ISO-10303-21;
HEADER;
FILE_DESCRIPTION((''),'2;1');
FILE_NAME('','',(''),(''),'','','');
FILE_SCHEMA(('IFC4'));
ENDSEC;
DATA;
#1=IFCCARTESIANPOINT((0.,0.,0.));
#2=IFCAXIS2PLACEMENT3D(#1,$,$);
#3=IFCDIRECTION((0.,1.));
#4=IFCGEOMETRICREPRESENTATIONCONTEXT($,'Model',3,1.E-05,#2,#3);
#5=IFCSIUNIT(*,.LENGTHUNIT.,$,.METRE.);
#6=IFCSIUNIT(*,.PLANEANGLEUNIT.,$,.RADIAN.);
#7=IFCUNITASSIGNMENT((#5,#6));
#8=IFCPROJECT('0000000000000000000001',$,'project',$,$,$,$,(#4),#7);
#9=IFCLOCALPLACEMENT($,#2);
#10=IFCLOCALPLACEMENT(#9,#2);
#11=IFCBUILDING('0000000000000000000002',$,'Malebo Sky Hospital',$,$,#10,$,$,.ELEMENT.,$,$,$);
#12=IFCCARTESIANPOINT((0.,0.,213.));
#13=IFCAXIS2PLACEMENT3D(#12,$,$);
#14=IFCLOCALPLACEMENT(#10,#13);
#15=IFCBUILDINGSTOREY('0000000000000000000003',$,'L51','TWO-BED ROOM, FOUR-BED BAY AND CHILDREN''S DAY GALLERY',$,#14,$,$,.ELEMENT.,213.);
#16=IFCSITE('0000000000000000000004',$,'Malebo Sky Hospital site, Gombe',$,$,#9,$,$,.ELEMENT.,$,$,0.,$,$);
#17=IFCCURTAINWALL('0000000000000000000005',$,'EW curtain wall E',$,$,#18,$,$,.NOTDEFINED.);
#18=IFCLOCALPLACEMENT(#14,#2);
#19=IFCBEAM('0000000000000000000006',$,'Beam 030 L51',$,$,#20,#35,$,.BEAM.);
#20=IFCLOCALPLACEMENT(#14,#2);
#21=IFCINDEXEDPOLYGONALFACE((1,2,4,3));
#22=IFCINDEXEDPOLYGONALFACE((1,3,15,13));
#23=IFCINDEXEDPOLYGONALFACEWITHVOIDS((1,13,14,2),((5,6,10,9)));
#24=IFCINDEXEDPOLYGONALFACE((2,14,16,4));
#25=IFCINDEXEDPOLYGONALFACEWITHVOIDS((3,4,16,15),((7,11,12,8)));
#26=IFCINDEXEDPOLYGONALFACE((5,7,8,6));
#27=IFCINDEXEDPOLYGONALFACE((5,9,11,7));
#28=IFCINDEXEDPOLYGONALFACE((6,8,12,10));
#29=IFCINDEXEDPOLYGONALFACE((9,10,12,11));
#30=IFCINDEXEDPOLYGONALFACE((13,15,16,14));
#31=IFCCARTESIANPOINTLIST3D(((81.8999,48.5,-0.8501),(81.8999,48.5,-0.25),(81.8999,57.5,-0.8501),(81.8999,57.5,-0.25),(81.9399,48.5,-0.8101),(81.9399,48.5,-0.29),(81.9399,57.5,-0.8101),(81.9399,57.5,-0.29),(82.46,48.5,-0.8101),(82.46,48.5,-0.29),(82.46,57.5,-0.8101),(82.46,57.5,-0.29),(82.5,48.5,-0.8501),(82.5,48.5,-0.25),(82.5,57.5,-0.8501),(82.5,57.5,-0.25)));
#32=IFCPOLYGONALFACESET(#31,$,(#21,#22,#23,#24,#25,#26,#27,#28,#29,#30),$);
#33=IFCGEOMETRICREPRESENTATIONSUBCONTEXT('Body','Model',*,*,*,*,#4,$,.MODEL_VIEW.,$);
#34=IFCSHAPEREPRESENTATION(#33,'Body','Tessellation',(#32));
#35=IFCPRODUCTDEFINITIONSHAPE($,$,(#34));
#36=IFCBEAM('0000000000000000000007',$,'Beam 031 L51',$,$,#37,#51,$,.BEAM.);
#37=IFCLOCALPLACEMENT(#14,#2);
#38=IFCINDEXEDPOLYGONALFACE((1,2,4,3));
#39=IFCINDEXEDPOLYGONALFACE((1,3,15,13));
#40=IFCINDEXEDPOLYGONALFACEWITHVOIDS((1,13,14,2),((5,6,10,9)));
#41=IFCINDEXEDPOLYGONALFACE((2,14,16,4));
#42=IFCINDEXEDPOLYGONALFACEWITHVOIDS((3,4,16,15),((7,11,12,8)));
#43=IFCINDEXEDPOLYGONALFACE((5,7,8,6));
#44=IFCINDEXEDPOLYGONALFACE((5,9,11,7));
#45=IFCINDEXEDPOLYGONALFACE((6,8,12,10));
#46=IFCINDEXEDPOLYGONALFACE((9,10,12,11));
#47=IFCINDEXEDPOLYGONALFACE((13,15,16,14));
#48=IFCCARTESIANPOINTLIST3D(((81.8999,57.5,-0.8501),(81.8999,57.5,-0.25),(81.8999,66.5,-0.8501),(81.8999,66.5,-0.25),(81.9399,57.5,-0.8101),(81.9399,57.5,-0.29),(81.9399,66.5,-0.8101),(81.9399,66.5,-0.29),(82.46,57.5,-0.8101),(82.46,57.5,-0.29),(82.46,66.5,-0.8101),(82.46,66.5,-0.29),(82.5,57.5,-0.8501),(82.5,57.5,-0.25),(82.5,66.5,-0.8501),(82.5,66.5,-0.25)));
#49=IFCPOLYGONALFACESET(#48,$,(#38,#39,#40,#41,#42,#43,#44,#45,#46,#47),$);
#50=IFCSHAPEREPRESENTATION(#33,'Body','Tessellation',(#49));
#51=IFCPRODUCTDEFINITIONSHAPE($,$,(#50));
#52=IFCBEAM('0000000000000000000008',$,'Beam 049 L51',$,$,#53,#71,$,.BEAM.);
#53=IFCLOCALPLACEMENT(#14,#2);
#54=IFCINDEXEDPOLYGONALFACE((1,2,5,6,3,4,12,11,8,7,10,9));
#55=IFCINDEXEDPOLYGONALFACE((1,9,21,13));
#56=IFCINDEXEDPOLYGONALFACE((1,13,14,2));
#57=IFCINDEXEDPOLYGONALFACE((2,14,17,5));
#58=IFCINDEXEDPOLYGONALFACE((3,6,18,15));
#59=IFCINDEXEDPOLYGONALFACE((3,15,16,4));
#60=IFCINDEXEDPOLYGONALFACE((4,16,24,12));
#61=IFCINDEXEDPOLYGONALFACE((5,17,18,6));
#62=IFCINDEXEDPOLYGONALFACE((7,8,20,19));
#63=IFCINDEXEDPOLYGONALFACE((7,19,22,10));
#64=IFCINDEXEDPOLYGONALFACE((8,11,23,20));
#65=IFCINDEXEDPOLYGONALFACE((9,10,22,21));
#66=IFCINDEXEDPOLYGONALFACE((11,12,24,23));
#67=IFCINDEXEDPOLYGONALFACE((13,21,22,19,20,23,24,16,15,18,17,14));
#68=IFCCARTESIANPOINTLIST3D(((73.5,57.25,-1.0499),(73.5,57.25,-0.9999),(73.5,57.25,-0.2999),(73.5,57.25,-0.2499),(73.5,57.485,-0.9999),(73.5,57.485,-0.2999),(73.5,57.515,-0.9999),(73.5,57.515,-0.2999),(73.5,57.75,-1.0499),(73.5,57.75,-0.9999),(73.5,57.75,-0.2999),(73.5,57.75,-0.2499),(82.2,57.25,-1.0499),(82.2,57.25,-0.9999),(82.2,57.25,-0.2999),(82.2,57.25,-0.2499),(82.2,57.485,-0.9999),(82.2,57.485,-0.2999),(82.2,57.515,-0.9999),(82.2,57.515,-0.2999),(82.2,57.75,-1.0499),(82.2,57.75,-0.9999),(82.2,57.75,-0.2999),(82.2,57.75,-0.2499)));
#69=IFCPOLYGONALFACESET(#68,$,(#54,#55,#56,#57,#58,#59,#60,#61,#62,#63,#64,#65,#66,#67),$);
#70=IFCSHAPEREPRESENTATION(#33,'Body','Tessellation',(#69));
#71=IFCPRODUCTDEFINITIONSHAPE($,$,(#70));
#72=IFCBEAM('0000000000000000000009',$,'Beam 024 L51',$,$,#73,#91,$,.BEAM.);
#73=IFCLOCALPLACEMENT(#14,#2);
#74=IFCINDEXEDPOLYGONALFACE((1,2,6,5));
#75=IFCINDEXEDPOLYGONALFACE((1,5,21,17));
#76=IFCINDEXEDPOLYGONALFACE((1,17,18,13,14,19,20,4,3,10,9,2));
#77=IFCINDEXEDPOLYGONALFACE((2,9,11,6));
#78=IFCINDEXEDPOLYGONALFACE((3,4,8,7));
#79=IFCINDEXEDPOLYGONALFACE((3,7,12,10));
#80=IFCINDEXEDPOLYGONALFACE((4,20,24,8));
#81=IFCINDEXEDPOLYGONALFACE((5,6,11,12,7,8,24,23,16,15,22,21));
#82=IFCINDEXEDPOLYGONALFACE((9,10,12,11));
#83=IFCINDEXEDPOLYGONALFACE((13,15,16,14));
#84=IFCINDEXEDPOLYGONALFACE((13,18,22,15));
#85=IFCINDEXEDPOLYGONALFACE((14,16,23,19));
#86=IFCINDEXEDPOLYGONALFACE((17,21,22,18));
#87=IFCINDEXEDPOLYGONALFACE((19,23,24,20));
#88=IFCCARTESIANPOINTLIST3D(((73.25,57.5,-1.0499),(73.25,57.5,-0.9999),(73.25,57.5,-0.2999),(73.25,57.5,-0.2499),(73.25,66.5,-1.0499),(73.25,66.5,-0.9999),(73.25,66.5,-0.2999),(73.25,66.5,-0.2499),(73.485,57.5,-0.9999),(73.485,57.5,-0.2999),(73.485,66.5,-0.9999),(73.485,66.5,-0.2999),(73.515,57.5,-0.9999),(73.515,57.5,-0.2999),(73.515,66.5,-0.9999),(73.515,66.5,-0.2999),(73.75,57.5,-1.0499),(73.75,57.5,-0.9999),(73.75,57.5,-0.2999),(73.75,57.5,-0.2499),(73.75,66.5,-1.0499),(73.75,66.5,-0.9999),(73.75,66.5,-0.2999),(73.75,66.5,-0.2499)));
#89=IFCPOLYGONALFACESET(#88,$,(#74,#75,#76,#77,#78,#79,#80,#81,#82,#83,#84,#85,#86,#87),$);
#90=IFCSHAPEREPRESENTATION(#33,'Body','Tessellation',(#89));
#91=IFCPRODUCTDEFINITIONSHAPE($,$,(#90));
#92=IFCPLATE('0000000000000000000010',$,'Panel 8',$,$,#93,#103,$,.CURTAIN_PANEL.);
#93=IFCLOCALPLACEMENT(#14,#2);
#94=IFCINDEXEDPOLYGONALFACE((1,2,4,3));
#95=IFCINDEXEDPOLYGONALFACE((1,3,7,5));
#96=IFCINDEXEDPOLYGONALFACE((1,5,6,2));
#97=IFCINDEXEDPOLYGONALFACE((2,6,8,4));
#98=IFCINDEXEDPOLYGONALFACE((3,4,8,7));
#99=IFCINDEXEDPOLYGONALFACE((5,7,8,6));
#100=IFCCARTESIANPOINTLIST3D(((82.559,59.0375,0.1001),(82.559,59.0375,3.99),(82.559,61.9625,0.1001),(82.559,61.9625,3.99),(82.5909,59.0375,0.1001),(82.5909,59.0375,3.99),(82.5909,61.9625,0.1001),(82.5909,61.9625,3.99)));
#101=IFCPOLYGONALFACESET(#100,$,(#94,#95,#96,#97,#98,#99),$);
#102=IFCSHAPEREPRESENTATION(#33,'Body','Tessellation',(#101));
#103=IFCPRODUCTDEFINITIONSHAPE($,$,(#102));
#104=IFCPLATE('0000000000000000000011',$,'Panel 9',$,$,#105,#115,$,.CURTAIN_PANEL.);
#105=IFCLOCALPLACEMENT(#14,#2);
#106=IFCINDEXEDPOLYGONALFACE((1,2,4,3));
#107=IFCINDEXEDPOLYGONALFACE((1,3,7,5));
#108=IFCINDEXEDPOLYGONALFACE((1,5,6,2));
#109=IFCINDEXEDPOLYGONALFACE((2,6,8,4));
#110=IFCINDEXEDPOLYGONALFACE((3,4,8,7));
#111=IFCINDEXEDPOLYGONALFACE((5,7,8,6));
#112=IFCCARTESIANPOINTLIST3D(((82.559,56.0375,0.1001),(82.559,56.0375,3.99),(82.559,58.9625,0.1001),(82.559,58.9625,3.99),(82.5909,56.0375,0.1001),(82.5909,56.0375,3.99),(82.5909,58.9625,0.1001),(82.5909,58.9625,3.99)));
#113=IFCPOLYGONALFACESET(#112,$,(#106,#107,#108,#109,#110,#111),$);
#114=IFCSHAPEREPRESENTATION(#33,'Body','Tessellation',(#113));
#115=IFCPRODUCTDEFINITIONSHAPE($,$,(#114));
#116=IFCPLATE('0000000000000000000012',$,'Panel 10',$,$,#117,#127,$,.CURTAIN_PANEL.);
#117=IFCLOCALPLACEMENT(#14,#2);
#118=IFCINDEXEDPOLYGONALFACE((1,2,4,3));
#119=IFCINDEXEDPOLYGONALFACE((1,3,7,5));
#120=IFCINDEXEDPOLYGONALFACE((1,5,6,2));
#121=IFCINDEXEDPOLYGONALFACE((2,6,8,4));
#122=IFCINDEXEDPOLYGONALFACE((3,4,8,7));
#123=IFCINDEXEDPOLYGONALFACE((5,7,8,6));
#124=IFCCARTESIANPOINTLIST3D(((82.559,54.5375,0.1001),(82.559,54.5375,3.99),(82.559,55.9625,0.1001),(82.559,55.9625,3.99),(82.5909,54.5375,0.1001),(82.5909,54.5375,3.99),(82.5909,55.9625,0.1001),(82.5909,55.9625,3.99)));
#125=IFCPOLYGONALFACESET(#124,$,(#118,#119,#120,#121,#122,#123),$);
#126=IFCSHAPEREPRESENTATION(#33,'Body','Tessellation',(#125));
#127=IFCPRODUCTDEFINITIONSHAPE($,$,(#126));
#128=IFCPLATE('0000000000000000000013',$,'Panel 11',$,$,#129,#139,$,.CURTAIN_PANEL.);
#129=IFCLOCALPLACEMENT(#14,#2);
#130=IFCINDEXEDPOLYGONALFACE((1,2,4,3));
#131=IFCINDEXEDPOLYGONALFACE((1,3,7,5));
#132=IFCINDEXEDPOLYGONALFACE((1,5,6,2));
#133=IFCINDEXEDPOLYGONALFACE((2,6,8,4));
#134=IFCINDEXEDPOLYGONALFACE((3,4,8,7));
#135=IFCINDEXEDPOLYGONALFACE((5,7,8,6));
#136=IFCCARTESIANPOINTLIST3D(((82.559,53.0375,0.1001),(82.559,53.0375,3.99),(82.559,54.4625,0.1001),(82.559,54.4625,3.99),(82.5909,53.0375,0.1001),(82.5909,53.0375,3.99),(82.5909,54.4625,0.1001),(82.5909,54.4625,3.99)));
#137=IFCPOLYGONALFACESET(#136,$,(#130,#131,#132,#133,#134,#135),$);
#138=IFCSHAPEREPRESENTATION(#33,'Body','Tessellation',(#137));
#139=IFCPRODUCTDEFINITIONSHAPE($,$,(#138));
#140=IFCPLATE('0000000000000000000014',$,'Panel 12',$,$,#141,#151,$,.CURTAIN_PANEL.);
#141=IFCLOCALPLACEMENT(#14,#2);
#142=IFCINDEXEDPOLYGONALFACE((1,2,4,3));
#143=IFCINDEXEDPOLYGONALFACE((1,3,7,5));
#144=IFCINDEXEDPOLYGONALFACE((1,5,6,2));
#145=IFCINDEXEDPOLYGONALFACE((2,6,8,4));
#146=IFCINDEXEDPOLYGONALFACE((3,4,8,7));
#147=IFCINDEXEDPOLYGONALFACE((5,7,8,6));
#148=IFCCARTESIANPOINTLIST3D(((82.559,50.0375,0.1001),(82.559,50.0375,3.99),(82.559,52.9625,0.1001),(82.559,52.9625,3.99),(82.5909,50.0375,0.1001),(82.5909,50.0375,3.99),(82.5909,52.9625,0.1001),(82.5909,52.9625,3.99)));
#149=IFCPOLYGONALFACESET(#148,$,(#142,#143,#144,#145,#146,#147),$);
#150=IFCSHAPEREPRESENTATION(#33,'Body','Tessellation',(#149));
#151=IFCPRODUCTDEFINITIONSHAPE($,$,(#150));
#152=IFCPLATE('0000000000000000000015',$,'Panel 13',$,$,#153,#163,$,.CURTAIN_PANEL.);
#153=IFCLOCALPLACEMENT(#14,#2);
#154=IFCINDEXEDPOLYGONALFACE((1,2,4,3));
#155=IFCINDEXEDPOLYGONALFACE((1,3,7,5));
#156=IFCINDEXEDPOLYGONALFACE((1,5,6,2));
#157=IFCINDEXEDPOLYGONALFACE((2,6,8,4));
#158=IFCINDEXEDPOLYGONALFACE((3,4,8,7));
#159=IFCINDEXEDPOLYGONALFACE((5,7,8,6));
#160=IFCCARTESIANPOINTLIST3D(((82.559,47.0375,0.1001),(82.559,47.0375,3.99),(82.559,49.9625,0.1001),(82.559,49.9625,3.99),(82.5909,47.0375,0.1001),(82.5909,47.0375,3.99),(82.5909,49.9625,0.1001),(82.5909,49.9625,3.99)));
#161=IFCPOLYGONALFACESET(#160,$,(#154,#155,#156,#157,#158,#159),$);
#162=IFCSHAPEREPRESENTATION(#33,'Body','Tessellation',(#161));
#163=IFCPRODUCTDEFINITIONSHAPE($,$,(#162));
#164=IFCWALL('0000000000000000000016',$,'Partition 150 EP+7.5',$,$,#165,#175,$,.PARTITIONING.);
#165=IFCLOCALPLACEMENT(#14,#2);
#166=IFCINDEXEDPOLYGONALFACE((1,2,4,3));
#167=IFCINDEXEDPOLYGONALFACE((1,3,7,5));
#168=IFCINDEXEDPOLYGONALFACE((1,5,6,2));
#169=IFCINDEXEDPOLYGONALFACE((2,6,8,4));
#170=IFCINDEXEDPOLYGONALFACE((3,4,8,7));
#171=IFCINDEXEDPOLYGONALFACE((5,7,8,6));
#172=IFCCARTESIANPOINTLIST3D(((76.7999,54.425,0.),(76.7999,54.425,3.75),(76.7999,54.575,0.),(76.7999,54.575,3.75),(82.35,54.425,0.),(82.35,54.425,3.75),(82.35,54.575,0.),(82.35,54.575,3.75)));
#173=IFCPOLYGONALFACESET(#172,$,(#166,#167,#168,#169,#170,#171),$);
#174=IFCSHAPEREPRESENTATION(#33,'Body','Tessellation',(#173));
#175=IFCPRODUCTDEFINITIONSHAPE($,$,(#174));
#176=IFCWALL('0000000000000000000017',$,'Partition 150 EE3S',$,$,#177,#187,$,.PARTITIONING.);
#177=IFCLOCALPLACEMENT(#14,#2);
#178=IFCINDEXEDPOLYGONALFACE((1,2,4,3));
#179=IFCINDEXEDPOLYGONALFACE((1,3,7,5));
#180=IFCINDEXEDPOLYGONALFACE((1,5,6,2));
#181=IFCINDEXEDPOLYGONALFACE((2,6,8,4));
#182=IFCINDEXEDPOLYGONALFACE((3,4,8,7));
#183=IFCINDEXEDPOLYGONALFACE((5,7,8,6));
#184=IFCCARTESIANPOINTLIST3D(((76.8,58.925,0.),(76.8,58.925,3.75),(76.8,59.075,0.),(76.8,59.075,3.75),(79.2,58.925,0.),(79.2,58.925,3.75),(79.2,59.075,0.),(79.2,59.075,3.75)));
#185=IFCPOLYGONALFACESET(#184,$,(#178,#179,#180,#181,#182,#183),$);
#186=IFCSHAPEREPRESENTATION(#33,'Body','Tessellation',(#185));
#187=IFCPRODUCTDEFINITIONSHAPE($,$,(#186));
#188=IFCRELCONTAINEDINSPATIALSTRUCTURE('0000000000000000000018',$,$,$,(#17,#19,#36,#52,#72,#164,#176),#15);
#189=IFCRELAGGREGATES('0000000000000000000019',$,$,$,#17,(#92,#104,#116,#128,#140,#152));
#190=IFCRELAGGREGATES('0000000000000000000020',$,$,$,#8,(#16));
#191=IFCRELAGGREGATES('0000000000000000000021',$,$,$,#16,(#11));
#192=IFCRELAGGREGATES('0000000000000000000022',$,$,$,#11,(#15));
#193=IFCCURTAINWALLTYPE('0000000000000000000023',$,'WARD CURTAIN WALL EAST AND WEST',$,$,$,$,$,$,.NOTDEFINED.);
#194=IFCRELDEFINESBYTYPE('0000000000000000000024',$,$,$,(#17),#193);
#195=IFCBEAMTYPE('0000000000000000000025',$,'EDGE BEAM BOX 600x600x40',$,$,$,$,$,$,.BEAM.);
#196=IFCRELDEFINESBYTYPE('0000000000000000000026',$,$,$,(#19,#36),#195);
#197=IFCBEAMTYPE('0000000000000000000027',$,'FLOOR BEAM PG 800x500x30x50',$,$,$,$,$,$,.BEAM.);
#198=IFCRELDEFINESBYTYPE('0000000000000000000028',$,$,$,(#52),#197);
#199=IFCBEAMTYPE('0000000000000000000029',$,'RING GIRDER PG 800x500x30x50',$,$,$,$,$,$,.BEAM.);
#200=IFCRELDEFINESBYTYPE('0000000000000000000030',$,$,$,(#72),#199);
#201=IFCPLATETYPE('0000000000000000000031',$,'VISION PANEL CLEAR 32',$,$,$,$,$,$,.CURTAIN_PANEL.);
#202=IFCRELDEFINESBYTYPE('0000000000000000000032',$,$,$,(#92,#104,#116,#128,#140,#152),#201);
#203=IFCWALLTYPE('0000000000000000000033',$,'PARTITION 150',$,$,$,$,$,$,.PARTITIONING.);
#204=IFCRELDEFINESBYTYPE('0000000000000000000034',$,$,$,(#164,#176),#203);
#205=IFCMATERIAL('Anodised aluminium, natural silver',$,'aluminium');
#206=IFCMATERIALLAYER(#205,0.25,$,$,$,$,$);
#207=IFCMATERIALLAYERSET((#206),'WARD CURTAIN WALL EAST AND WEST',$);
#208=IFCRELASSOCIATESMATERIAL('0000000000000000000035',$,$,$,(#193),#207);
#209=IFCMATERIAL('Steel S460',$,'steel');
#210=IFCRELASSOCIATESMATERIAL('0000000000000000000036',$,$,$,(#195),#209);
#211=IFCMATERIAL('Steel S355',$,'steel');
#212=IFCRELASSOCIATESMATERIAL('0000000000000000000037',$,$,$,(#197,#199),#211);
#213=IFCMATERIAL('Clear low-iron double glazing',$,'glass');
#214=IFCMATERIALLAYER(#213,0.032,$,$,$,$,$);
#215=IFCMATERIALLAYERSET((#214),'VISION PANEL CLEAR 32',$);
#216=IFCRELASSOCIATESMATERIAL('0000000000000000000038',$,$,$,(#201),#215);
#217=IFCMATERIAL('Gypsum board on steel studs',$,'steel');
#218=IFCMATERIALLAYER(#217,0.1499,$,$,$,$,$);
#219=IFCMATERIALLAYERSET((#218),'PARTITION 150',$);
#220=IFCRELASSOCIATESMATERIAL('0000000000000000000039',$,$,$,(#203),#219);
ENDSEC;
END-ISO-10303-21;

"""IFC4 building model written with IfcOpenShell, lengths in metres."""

from ifc_helpers import new_model, si_unit, direction, frame, frame_2d, origin, origin_2d, place, context, subcontext, project, spatial, rectangle, hollow_rectangle, i_section, extrude, material, layer, layer_set, material_profile, profile_set, type_object, element, aggregate, save


model = new_model("IFC4")

# Units and contexts
model_context = context("Model", 3, precision=1e-05, world=origin(), true_north=direction((0.0, 1.0)))
body_context = subcontext(model_context, "Body", "Model", "MODEL_VIEW")
ifc_project = project(units=[si_unit("LENGTHUNIT", "METRE"), si_unit("PLANEANGLEUNIT", "RADIAN")], contexts=[model_context])

# Site, building, storey
site_placement = place(None, origin())
site = spatial("IfcSite", under=ifc_project, at=site_placement, Name="Malebo Sky Hospital site, Gombe", CompositionType="ELEMENT", RefElevation=0.0)
building_placement = place(site_placement, origin())
building = spatial("IfcBuilding", under=site, at=building_placement, Name="Malebo Sky Hospital", CompositionType="ELEMENT")
storey_placement = place(building_placement, frame((0.0, 0.0, 213.0)))
storey = spatial("IfcBuildingStorey", under=building, at=storey_placement, Name="L51", Description="TWO-BED ROOM, FOUR-BED BAY AND CHILDREN'S DAY GALLERY", CompositionType="ELEMENT", Elevation=213.0)

# Shared definitions
ifc_material_1 = material(Name="Steel S460", Category="steel")

# Curtain wall
ifc_material_2 = material(Name="Anodised aluminium, natural silver", Category="aluminium")
ifc_layer_1 = layer(ifc_material_2, 0.25)
ifc_layer_set_1 = layer_set([ifc_layer_1], Name="WARD CURTAIN WALL EAST AND WEST")
curtain_wall_type = type_object("IfcCurtainWallType", Name="WARD CURTAIN WALL EAST AND WEST", PredefinedType="NOTDEFINED", material=ifc_layer_set_1)
curtain_wall_placement = place(storey_placement, origin())
curtain_wall = element("IfcCurtainWall", 1, at=curtain_wall_placement, inside=storey, type_object=curtain_wall_type, Name="EW curtain wall E", PredefinedType="NOTDEFINED")

# Beams
ifc_material_profile_1 = material_profile(ifc_material_1, hollow_rectangle(XDim=0.6001, YDim=0.6001, WallThickness=0.04, at=origin_2d()), Name="BOX 600x600x40")
ifc_profile_set_1 = profile_set([ifc_material_profile_1], Name="Steel S460")
beam_type_1 = type_object("IfcBeamType", Name="EDGE BEAM BOX 600x600x40", PredefinedType="BEAM", material=ifc_profile_set_1)
for number, where, z_axis, x_axis, name in (
    (2, (82.2, 48.5, -0.55), (0.0, 1.0, 0.0), (-1.0, 0.0, 0.0), "Beam 030 L51"),
    (3, (82.2, 57.5, -0.55), (0.0, 1.0, 0.0), (-1.0, 0.0, 0.0), "Beam 031 L51"),
):
    element("IfcBeam", number, at=place(storey_placement, frame(where, z_axis=z_axis, x_axis=x_axis)), inside=storey, type_object=beam_type_1, Name=name, PredefinedType="BEAM", context=body_context, shape_type="SweptSolid", body=[
        extrude(hollow_rectangle(XDim=0.6001, YDim=0.6001, WallThickness=0.04, at=origin_2d()), origin(), (0.0, 0.0, 1.0), 9.0),
    ])
ifc_material_3 = material(Name="Steel S355", Category="steel")
ifc_material_profile_2 = material_profile(ifc_material_3, i_section(OverallWidth=0.5, OverallDepth=0.8, WebThickness=0.03, FlangeThickness=0.05, at=origin_2d()), Name="PG 800x500x30x50")
ifc_profile_set_2 = profile_set([ifc_material_profile_2], Name="Steel S355")
beam_type_2 = type_object("IfcBeamType", Name="FLOOR BEAM PG 800x500x30x50", PredefinedType="BEAM", material=ifc_profile_set_2)
beam_1_placement = place(storey_placement, frame((73.5, 57.5, -0.6499), z_axis=(1.0, 0.0, 0.0), x_axis=(0.0, 1.0, 0.0)))
element("IfcBeam", 4, at=beam_1_placement, inside=storey, type_object=beam_type_2, Name="Beam 049 L51", PredefinedType="BEAM", context=body_context, shape_type="SweptSolid", body=[
    extrude(i_section(OverallWidth=0.5, OverallDepth=0.8, WebThickness=0.03, FlangeThickness=0.05, at=origin_2d()), origin(), (0.0, 0.0, 1.0), 8.7),
])
ifc_material_profile_3 = material_profile(ifc_material_3, i_section(OverallWidth=0.5, OverallDepth=0.8, WebThickness=0.03, FlangeThickness=0.05, at=origin_2d()), Name="PG 800x500x30x50")
ifc_profile_set_3 = profile_set([ifc_material_profile_3], Name="Steel S355")
beam_type_3 = type_object("IfcBeamType", Name="RING GIRDER PG 800x500x30x50", PredefinedType="BEAM", material=ifc_profile_set_3)
beam_2_placement = place(storey_placement, frame((73.5, 57.5, -0.6499), z_axis=(0.0, 1.0, 0.0), x_axis=(-1.0, 0.0, 0.0)))
element("IfcBeam", 5, at=beam_2_placement, inside=storey, type_object=beam_type_3, Name="Beam 024 L51", PredefinedType="BEAM", context=body_context, shape_type="SweptSolid", body=[
    extrude(i_section(OverallWidth=0.5, OverallDepth=0.8, WebThickness=0.03, FlangeThickness=0.05, at=origin_2d()), origin(), (0.0, 0.0, 1.0), 9.0),
])

# Plates
ifc_material_4 = material(Name="Clear low-iron double glazing", Category="glass")
ifc_layer_2 = layer(ifc_material_4, 0.032)
ifc_layer_set_2 = layer_set([ifc_layer_2], Name="VISION PANEL CLEAR 32")
plate_type = type_object("IfcPlateType", Name="VISION PANEL CLEAR 32", PredefinedType="CURTAIN_PANEL", material=ifc_layer_set_2)
plate_1_placement = place(storey_placement, frame((82.575, 60.5, 0.1001), z_axis=(0.0, 0.0, 1.0), x_axis=(0.0, -1.0, 0.0)))
plate_1 = element("IfcPlate", 6, at=plate_1_placement, type_object=plate_type, Name="Panel 8", PredefinedType="CURTAIN_PANEL", context=body_context, shape_type="SweptSolid", body=[
    extrude(rectangle(XDim=2.925, YDim=0.032, at=origin_2d()), origin(), (0.0, 0.0, 1.0), 3.8899),
])
plate_2_placement = place(storey_placement, frame((82.575, 57.5, 0.1001), z_axis=(0.0, 0.0, 1.0), x_axis=(0.0, -1.0, 0.0)))
plate_2 = element("IfcPlate", 7, at=plate_2_placement, type_object=plate_type, Name="Panel 9", PredefinedType="CURTAIN_PANEL", context=body_context, shape_type="SweptSolid", body=[
    extrude(rectangle(XDim=2.925, YDim=0.032, at=origin_2d()), origin(), (0.0, 0.0, 1.0), 3.8899),
])
plate_3_placement = place(storey_placement, frame((82.575, 55.25, 0.1001), z_axis=(0.0, 0.0, 1.0), x_axis=(0.0, -1.0, 0.0)))
plate_3 = element("IfcPlate", 8, at=plate_3_placement, type_object=plate_type, Name="Panel 10", PredefinedType="CURTAIN_PANEL", context=body_context, shape_type="SweptSolid", body=[
    extrude(rectangle(XDim=1.425, YDim=0.032, at=origin_2d()), origin(), (0.0, 0.0, 1.0), 3.8899),
])
plate_4_placement = place(storey_placement, frame((82.575, 53.75, 0.1001), z_axis=(0.0, 0.0, 1.0), x_axis=(0.0, -1.0, 0.0)))
plate_4 = element("IfcPlate", 9, at=plate_4_placement, type_object=plate_type, Name="Panel 11", PredefinedType="CURTAIN_PANEL", context=body_context, shape_type="SweptSolid", body=[
    extrude(rectangle(XDim=1.425, YDim=0.032, at=origin_2d()), origin(), (0.0, 0.0, 1.0), 3.8899),
])
plate_5_placement = place(storey_placement, frame((82.575, 51.5, 0.1001), z_axis=(0.0, 0.0, 1.0), x_axis=(0.0, -1.0, 0.0)))
plate_5 = element("IfcPlate", 10, at=plate_5_placement, type_object=plate_type, Name="Panel 12", PredefinedType="CURTAIN_PANEL", context=body_context, shape_type="SweptSolid", body=[
    extrude(rectangle(XDim=2.925, YDim=0.032, at=origin_2d()), origin(), (0.0, 0.0, 1.0), 3.8899),
])
plate_6_placement = place(storey_placement, frame((82.575, 48.5, 0.1001), z_axis=(0.0, 0.0, 1.0), x_axis=(0.0, -1.0, 0.0)))
plate_6 = element("IfcPlate", 11, at=plate_6_placement, type_object=plate_type, Name="Panel 13", PredefinedType="CURTAIN_PANEL", context=body_context, shape_type="SweptSolid", body=[
    extrude(rectangle(XDim=2.925, YDim=0.032, at=origin_2d()), origin(), (0.0, 0.0, 1.0), 3.8899),
])
aggregate(curtain_wall, [plate_1, plate_2, plate_3, plate_4, plate_5, plate_6])

# Walls
ifc_material_5 = material(Name="Gypsum board on steel studs", Category="steel")
ifc_layer_3 = layer(ifc_material_5, 0.1499)
ifc_layer_set_3 = layer_set([ifc_layer_3], Name="PARTITION 150")
wall_type = type_object("IfcWallType", Name="PARTITION 150", PredefinedType="PARTITIONING", material=ifc_layer_set_3)
wall_1_placement = place(storey_placement, frame((76.8, 54.5, 0.0), z_axis=(0.0, 0.0, 1.0), x_axis=(1.0, 0.0, 0.0)))
element("IfcWall", 12, at=wall_1_placement, inside=storey, type_object=wall_type, Name="Partition 150 EP+7.5", PredefinedType="PARTITIONING", context=body_context, shape_type="SweptSolid", body=[
    extrude(rectangle(XDim=5.55, YDim=0.1499, at=frame_2d((2.7749, 0.0))), origin(), (0.0, 0.0, 1.0), 3.75),
])
wall_2_placement = place(storey_placement, frame((76.8, 59.0, 0.0), z_axis=(0.0, 0.0, 1.0), x_axis=(1.0, 0.0, 0.0)))
element("IfcWall", 13, at=wall_2_placement, inside=storey, type_object=wall_type, Name="Partition 150 EE3S", PredefinedType="PARTITIONING", context=body_context, shape_type="SweptSolid", body=[
    extrude(rectangle(XDim=2.3999, YDim=0.1499, at=frame_2d((1.2, 0.0))), origin(), (0.0, 0.0, 1.0), 3.75),
])

save(model, "model.ifc")
